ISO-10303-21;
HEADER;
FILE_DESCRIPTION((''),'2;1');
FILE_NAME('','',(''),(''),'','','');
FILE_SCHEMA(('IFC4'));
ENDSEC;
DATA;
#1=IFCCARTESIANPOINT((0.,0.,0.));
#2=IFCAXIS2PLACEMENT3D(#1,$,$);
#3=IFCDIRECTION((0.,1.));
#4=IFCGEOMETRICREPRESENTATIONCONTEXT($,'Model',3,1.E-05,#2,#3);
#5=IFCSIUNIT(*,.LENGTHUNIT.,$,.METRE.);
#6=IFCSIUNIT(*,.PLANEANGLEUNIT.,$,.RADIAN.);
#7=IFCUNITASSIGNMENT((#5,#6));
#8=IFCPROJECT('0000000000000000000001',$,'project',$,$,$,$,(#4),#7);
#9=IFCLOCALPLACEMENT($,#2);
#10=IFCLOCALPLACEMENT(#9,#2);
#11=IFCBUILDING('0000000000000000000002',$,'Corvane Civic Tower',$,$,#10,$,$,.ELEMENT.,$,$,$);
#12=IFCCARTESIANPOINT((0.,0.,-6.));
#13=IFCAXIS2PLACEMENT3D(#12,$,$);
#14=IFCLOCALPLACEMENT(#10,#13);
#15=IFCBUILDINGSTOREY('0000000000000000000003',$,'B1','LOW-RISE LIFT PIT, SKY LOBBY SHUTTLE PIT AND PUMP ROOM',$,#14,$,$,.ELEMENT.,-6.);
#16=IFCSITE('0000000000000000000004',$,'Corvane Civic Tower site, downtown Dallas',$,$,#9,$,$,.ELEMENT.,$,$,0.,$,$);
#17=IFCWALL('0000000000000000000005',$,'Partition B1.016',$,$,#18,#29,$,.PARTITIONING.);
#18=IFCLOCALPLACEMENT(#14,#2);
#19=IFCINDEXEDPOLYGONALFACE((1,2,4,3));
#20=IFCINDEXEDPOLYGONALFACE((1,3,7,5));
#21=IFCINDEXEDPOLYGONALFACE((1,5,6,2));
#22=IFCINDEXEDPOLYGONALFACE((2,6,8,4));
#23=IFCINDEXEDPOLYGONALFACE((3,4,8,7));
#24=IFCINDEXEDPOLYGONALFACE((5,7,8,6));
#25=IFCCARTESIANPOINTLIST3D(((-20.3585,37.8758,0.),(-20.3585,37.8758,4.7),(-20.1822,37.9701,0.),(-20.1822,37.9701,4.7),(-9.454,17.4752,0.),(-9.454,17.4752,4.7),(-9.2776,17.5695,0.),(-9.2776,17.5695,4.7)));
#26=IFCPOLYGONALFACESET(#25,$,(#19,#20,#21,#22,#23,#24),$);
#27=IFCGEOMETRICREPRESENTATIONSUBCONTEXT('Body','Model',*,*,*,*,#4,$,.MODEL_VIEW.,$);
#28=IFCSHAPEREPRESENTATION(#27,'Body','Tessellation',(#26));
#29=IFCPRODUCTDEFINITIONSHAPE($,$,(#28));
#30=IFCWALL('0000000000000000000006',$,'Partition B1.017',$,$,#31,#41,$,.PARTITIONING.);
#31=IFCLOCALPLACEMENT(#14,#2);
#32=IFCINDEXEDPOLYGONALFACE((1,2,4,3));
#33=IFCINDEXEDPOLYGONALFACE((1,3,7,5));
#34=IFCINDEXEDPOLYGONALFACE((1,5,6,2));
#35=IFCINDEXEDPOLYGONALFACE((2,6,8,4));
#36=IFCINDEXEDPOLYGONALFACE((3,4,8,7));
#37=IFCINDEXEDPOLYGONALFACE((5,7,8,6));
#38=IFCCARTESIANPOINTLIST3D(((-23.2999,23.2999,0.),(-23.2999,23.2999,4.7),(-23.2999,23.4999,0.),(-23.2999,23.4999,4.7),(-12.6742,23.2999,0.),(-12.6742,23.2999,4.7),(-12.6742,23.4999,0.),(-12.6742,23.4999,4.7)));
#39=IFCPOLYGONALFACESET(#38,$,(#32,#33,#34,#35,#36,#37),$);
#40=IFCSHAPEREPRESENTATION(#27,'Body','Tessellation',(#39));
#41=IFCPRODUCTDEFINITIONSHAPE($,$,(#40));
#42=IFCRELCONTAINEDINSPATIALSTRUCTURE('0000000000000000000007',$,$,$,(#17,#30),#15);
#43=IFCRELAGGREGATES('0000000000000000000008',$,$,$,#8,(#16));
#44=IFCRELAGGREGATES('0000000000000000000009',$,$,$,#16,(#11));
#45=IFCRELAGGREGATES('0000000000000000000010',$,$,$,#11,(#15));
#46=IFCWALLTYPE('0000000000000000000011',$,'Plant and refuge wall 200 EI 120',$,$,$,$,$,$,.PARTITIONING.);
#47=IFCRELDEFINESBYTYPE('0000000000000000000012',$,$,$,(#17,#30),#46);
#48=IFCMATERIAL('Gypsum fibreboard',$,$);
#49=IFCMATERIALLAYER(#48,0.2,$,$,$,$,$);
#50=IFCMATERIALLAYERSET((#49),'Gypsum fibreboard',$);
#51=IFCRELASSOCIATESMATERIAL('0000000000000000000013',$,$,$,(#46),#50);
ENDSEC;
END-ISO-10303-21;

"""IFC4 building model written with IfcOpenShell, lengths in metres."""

from ifc_helpers import new_model, si_unit, direction, frame, frame_2d, origin, place, context, subcontext, project, spatial, rectangle, extrude, material, layer, layer_set, type_object, element, save


model = new_model("IFC4")

# Units and contexts
model_context = context("Model", 3, precision=1e-05, world=origin(), true_north=direction((0.0, 1.0)))
body_context = subcontext(model_context, "Body", "Model", "MODEL_VIEW")
ifc_project = project(units=[si_unit("LENGTHUNIT", "METRE"), si_unit("PLANEANGLEUNIT", "RADIAN")], contexts=[model_context])

# Site, building, storey
site_placement = place(None, origin())
site = spatial("IfcSite", under=ifc_project, at=site_placement, Name="Corvane Civic Tower site, downtown Dallas", CompositionType="ELEMENT", RefElevation=0.0)
building_placement = place(site_placement, origin())
building = spatial("IfcBuilding", under=site, at=building_placement, Name="Corvane Civic Tower", CompositionType="ELEMENT")
storey_placement = place(building_placement, frame((0.0, 0.0, -6.0)))
storey = spatial("IfcBuildingStorey", under=building, at=storey_placement, Name="B1", Description="LOW-RISE LIFT PIT, SKY LOBBY SHUTTLE PIT AND PUMP ROOM", CompositionType="ELEMENT", Elevation=-6.0)

# Walls
ifc_material_1 = material(Name="Gypsum fibreboard")
ifc_layer_1 = layer(ifc_material_1, 0.2)
ifc_layer_set_1 = layer_set([ifc_layer_1], Name="Gypsum fibreboard")
wall_type = type_object("IfcWallType", Name="Plant and refuge wall 200 EI 120", PredefinedType="PARTITIONING", material=ifc_layer_set_1)
wall_1_placement = place(storey_placement, frame((-20.2703, 37.9229, 0.0), z_axis=(0.0, 0.0, 1.0), x_axis=(0.471403, -0.881918, 0.0)))
element("IfcWall", 1, at=wall_1_placement, inside=storey, type_object=wall_type, Name="Partition B1.016", PredefinedType="PARTITIONING", context=body_context, shape_type="SweptSolid", body=[
    extrude(rectangle(XDim=23.1321, YDim=0.2, at=frame_2d((11.5659, 0.0))), origin(), (0.0, 0.0, 1.0), 4.7),
])
wall_2_placement = place(storey_placement, frame((-23.3, 23.3999, 0.0), z_axis=(0.0, 0.0, 1.0), x_axis=(1.0, 0.0, 0.0)))
element("IfcWall", 2, at=wall_2_placement, inside=storey, type_object=wall_type, Name="Partition B1.017", PredefinedType="PARTITIONING", context=body_context, shape_type="SweptSolid", body=[
    extrude(rectangle(XDim=10.6257, YDim=0.2, at=frame_2d((5.313, 0.0))), origin(), (0.0, 0.0, 1.0), 4.7),
])

save(model, "model.ifc")
